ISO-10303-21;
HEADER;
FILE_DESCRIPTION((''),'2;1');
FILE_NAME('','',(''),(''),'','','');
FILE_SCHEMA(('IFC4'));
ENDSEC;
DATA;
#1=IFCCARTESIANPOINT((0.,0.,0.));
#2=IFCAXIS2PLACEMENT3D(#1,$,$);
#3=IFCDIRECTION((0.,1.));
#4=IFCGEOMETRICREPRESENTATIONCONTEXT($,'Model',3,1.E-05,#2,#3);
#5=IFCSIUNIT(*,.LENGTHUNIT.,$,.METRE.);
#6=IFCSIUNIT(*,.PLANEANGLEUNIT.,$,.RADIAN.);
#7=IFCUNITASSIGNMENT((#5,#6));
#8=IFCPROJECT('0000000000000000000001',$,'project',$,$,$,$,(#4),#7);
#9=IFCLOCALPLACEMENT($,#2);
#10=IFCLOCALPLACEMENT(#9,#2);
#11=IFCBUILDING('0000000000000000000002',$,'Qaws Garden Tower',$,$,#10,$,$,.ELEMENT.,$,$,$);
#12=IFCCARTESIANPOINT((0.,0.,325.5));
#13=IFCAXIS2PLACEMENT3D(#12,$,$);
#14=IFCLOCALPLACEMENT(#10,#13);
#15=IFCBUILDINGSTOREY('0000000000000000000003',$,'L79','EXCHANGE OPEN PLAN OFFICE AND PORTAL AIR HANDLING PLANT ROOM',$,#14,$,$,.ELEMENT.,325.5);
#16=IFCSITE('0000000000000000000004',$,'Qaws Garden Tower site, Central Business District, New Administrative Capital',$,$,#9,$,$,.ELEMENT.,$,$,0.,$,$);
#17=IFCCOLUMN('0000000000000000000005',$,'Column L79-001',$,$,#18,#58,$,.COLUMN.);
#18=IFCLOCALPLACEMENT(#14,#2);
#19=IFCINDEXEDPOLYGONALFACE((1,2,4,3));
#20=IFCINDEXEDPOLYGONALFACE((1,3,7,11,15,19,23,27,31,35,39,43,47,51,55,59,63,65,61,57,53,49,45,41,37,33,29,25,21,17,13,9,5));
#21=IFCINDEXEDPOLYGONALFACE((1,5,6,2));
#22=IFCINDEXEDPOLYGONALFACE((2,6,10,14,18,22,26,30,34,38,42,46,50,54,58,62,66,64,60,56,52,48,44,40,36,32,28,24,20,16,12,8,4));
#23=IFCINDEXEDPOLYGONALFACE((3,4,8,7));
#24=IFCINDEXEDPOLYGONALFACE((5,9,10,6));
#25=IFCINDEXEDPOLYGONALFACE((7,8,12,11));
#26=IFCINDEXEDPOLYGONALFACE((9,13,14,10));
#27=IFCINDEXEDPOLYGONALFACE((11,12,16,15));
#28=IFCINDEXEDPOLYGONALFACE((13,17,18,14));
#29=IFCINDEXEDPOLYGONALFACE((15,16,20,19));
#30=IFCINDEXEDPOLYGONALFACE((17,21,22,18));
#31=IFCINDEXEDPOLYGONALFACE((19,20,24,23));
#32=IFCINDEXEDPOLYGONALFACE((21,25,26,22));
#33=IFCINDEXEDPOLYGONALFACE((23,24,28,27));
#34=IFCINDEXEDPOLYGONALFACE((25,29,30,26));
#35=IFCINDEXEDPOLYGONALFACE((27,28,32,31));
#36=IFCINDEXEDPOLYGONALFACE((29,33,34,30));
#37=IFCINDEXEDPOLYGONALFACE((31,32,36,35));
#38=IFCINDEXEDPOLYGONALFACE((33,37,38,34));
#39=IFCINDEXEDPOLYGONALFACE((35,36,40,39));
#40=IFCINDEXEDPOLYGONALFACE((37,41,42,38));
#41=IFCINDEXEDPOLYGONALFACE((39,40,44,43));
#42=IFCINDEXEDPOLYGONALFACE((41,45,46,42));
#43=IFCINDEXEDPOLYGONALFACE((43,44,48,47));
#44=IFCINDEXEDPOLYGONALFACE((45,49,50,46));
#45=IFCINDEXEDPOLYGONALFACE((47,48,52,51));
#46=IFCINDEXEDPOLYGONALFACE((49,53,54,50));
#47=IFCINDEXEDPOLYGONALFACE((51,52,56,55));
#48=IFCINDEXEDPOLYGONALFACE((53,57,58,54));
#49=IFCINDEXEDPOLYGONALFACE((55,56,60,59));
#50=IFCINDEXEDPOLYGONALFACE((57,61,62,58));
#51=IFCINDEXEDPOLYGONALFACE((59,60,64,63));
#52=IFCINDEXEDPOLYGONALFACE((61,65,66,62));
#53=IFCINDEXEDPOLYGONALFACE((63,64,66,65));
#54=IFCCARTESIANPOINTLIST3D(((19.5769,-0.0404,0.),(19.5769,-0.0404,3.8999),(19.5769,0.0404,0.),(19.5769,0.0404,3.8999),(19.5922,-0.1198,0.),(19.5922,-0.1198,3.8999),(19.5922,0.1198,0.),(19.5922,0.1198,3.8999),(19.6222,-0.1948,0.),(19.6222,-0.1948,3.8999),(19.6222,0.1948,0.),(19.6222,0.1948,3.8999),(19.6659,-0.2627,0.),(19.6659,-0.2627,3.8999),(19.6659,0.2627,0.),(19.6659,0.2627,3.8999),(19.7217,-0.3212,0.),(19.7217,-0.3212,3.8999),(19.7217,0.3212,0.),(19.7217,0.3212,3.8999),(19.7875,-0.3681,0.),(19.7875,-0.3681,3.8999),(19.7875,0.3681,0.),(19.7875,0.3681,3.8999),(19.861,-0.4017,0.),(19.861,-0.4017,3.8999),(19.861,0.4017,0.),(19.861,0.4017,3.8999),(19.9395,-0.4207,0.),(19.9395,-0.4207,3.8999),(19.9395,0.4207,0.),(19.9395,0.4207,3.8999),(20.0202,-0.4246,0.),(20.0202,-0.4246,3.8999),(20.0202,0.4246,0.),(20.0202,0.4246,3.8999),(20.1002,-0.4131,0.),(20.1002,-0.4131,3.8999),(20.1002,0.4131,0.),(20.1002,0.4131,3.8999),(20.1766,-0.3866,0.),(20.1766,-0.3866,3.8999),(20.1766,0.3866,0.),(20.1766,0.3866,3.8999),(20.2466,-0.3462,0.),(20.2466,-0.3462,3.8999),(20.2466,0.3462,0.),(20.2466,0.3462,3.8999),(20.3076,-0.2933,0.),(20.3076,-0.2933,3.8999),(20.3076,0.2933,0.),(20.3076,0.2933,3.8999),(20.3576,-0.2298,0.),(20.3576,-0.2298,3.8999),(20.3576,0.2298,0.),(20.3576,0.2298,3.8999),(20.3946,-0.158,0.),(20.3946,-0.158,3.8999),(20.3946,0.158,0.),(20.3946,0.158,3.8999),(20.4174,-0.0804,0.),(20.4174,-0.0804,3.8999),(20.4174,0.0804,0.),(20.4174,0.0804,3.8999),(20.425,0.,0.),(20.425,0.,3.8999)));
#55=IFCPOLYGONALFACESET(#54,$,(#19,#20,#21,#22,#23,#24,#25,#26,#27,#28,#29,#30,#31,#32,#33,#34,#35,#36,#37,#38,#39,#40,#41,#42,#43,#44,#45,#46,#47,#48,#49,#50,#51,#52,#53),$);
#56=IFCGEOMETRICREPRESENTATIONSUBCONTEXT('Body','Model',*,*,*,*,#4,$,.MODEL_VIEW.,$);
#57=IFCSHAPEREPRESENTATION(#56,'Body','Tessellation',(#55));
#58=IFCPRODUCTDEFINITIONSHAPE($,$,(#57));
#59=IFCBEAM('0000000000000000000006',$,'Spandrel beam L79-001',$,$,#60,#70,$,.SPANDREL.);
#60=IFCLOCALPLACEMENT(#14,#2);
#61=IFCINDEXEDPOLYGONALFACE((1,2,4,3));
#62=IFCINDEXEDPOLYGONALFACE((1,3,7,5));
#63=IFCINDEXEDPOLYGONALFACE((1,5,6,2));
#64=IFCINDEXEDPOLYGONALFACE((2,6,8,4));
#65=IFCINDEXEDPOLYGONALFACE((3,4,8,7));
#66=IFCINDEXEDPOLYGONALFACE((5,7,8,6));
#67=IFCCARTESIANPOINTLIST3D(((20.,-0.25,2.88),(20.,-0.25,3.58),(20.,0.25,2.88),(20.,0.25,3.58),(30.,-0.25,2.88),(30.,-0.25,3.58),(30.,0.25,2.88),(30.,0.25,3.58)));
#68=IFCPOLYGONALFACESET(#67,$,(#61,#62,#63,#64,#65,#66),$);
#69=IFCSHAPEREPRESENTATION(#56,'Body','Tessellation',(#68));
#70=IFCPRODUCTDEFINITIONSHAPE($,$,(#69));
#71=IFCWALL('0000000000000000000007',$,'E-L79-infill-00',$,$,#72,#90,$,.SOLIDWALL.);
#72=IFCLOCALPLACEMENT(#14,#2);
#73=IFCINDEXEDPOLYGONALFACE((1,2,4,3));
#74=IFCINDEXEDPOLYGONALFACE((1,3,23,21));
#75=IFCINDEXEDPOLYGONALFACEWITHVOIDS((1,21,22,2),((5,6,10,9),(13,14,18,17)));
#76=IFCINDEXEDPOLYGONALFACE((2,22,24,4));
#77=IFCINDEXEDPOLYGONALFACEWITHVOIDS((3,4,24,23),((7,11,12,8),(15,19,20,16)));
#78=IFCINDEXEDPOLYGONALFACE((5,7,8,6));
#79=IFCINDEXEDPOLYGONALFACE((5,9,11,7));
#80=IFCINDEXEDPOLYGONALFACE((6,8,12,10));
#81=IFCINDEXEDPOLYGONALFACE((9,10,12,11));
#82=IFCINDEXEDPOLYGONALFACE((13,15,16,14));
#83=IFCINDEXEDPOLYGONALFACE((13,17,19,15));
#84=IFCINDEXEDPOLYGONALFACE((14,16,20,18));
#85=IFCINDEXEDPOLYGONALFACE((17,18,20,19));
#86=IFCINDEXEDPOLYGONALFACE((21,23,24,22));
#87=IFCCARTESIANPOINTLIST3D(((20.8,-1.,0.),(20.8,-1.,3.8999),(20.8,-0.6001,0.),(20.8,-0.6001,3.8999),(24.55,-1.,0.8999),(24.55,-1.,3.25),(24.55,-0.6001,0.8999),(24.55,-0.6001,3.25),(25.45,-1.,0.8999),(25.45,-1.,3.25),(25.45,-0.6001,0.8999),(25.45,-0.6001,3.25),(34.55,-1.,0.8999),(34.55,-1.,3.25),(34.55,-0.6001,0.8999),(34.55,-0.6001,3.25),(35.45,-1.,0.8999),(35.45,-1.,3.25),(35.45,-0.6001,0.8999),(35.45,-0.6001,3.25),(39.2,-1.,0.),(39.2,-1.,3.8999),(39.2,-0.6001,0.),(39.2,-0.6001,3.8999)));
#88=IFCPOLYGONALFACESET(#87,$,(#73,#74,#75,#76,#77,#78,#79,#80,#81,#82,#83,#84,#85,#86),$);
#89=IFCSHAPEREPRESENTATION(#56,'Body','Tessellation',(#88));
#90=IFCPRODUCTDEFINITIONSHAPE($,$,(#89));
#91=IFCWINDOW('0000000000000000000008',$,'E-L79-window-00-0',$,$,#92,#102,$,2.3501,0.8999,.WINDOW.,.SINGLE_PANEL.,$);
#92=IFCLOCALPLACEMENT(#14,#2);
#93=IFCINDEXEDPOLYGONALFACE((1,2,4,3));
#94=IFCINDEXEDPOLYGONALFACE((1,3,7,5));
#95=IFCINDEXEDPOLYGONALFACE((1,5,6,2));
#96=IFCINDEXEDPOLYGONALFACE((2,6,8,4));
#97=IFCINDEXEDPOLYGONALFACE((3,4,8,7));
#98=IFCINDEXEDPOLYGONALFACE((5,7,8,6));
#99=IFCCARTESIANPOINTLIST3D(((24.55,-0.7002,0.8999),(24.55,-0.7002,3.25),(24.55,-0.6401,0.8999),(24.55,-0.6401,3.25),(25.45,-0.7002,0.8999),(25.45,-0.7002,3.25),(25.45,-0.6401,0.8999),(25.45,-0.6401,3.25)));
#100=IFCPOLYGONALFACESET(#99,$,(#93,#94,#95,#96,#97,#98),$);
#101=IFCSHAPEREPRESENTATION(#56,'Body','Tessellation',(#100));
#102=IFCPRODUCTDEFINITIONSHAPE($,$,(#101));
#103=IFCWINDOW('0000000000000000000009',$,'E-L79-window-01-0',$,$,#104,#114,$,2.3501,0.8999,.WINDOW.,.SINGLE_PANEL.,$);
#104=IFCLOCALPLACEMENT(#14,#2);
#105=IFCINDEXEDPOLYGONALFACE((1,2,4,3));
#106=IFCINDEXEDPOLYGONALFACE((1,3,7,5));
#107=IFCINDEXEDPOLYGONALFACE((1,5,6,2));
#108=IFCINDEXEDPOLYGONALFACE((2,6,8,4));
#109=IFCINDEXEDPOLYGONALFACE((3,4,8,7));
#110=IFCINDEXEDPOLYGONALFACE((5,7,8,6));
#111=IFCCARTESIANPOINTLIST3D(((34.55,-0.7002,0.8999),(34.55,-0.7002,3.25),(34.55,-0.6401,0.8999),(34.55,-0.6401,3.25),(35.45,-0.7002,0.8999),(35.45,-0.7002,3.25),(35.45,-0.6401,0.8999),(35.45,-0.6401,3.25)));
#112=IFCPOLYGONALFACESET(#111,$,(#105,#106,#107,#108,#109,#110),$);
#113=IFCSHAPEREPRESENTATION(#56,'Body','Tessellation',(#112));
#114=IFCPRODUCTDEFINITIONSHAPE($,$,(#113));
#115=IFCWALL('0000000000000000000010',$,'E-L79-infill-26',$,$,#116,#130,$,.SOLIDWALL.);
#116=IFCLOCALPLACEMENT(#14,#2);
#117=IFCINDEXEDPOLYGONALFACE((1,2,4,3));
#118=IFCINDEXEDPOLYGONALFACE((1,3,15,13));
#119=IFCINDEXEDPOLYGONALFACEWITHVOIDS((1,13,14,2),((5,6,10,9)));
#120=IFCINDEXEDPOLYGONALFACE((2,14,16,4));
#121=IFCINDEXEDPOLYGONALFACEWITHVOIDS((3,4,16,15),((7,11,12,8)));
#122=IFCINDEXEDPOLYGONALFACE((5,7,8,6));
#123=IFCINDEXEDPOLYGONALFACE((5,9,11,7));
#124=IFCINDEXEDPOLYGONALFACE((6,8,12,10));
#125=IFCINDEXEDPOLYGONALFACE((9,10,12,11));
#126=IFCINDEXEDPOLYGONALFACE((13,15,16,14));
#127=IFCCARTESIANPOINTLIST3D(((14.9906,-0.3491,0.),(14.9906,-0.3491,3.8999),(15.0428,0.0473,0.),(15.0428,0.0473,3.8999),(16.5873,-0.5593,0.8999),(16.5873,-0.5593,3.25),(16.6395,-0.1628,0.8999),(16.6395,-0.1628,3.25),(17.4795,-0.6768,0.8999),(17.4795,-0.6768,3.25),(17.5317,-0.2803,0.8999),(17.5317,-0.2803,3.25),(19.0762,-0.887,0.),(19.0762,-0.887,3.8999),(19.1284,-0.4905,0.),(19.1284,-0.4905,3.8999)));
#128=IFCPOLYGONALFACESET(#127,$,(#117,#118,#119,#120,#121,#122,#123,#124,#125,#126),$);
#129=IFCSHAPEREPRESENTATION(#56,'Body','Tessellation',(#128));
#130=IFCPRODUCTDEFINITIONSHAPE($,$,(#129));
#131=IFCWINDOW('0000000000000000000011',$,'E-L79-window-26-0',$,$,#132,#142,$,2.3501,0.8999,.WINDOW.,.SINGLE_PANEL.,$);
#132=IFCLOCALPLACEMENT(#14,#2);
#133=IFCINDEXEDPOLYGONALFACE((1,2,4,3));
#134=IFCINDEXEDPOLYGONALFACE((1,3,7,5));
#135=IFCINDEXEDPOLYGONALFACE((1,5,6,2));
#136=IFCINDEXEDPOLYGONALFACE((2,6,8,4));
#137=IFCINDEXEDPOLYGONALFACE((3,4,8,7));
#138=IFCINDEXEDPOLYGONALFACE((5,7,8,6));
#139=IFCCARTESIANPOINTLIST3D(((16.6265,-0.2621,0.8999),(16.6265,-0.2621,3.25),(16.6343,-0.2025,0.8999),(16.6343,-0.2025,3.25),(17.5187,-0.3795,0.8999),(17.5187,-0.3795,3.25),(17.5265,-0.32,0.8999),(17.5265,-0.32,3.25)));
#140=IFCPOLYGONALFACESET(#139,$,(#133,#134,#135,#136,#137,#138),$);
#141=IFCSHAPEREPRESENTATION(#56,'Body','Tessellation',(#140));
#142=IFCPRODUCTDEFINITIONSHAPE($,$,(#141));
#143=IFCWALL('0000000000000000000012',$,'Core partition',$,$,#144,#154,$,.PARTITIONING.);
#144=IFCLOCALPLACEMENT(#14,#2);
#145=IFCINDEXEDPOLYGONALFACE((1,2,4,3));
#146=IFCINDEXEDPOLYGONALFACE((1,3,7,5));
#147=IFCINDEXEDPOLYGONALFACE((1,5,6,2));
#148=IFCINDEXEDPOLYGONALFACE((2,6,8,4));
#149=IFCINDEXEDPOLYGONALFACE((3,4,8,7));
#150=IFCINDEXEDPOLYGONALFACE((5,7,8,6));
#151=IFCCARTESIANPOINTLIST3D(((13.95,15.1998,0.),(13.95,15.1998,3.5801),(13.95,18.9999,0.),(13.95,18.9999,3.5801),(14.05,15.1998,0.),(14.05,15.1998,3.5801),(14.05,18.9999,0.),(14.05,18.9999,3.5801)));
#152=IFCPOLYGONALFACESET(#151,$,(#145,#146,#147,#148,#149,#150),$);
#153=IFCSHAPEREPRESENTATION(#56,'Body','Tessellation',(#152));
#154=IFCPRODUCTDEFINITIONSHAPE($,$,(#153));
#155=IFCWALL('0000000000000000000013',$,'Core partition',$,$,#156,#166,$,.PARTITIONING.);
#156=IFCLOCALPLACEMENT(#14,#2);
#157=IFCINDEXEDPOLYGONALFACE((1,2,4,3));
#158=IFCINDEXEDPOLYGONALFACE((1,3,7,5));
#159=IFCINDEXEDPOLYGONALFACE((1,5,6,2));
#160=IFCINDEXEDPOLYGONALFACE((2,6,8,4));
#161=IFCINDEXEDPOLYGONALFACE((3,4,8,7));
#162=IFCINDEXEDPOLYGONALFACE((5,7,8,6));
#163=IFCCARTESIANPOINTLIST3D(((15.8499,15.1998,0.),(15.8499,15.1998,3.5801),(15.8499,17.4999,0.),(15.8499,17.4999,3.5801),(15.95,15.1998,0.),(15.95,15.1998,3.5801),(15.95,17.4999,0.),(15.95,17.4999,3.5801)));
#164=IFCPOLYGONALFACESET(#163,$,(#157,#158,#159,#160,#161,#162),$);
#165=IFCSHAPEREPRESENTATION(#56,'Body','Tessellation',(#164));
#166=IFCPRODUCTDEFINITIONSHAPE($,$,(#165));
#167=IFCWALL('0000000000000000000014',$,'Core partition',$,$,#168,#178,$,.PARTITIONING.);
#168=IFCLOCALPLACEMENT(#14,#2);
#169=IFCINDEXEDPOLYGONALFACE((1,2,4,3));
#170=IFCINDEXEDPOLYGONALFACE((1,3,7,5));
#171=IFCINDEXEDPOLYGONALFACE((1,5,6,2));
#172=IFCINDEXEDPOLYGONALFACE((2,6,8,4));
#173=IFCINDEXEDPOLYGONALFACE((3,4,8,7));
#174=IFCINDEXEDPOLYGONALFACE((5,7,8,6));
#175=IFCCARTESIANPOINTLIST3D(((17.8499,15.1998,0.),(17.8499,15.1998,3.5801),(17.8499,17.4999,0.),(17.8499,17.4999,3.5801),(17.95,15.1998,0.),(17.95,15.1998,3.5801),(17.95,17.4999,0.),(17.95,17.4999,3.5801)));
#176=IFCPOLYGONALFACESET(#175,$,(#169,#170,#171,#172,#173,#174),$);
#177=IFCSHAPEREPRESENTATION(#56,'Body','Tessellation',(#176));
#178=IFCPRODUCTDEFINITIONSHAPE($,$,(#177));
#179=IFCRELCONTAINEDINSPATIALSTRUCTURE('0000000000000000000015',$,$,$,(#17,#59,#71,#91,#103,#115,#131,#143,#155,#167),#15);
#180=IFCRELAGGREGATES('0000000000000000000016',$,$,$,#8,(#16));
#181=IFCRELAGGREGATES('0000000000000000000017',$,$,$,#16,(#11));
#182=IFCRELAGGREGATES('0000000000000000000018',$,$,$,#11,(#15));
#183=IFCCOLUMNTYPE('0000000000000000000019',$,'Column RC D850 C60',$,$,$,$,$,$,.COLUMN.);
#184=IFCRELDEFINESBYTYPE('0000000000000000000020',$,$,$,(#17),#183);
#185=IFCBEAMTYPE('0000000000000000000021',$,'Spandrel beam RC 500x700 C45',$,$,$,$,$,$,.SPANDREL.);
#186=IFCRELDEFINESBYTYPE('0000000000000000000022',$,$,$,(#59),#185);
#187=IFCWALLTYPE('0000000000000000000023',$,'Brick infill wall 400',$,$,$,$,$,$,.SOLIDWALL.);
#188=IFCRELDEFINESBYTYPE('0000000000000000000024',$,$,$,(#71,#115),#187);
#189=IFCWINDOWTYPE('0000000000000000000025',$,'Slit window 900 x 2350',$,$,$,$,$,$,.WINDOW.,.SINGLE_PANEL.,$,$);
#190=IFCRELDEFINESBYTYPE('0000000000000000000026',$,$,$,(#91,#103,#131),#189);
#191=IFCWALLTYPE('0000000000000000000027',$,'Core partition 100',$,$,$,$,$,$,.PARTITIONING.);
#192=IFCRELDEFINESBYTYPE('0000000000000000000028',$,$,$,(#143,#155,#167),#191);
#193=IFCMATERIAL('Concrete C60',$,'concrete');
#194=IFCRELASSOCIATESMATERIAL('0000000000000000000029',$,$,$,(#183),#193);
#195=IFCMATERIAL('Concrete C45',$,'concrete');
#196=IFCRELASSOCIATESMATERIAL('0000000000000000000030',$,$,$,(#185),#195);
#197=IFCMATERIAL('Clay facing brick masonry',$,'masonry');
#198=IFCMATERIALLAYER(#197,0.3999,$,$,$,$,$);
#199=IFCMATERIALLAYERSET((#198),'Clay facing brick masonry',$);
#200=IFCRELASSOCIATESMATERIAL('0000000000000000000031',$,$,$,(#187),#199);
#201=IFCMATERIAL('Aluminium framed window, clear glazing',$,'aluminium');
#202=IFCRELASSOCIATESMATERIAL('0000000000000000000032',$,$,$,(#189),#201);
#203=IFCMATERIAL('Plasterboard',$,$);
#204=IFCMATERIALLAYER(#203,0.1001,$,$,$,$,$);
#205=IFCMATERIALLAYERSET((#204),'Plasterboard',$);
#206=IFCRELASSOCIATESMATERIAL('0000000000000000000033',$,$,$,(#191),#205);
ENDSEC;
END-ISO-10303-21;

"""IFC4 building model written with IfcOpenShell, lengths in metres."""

from ifc_helpers import new_model, si_unit, direction, frame, frame_2d, origin, origin_2d, place, context, subcontext, project, spatial, rectangle, circle, extrude, material, layer, layer_set, material_profile, profile_set, type_object, element, fill, save


model = new_model("IFC4")

# Units and contexts
model_context = context("Model", 3, precision=1e-05, world=origin(), true_north=direction((0.0, 1.0)))
body_context = subcontext(model_context, "Body", "Model", "MODEL_VIEW")
ifc_project = project(units=[si_unit("LENGTHUNIT", "METRE"), si_unit("PLANEANGLEUNIT", "RADIAN")], contexts=[model_context])

# Site, building, storey
site_placement = place(None, origin())
site = spatial("IfcSite", under=ifc_project, at=site_placement, Name="Qaws Garden Tower site, Central Business District, New Administrative Capital", CompositionType="ELEMENT", RefElevation=0.0)
building_placement = place(site_placement, origin())
building = spatial("IfcBuilding", under=site, at=building_placement, Name="Qaws Garden Tower", CompositionType="ELEMENT")
storey_placement = place(building_placement, frame((0.0, 0.0, 325.5)))
storey = spatial("IfcBuildingStorey", under=building, at=storey_placement, Name="L79", Description="EXCHANGE OPEN PLAN OFFICE AND PORTAL AIR HANDLING PLANT ROOM", CompositionType="ELEMENT", Elevation=325.5)

# Column
ifc_material_1 = material(Name="Concrete C60", Category="concrete")
ifc_material_profile_1 = material_profile(ifc_material_1, circle(Radius=0.425, at=origin_2d()), Name="RC D850")
ifc_profile_set_1 = profile_set([ifc_material_profile_1], Name="Concrete C60")
column_type = type_object("IfcColumnType", Name="Column RC D850 C60", PredefinedType="COLUMN", material=ifc_profile_set_1)
column_placement = place(storey_placement, frame((20.0, 0.0, 0.0), z_axis=(0.0, 0.0, 1.0), x_axis=(1.0, 0.0, 0.0)))
element("IfcColumn", 1, at=column_placement, inside=storey, type_object=column_type, Name="Column L79-001", PredefinedType="COLUMN", context=body_context, shape_type="SweptSolid", body=[
    extrude(circle(Radius=0.425, at=origin_2d()), origin(), (0.0, 0.0, 1.0), 3.8999),
])

# Beam
ifc_material_2 = material(Name="Concrete C45", Category="concrete")
ifc_material_profile_2 = material_profile(ifc_material_2, rectangle(XDim=0.5, YDim=0.7, at=origin_2d()), Name="RC 500x700")
ifc_profile_set_2 = profile_set([ifc_material_profile_2], Name="Concrete C45")
beam_type = type_object("IfcBeamType", Name="Spandrel beam RC 500x700 C45", PredefinedType="SPANDREL", material=ifc_profile_set_2)
beam_placement = place(storey_placement, frame((20.0, 0.0, 3.23), z_axis=(1.0, 0.0, 0.0), x_axis=(0.0, 1.0, 0.0)))
element("IfcBeam", 2, at=beam_placement, inside=storey, type_object=beam_type, Name="Spandrel beam L79-001", PredefinedType="SPANDREL", context=body_context, shape_type="SweptSolid", body=[
    extrude(rectangle(XDim=0.5, YDim=0.7, at=origin_2d()), origin(), (0.0, 0.0, 1.0), 10.0),
])

# Wall, openings, windows
ifc_material_3 = material(Name="Clay facing brick masonry", Category="masonry")
ifc_layer_1 = layer(ifc_material_3, 0.3999)
ifc_layer_set_1 = layer_set([ifc_layer_1], Name="Clay facing brick masonry")
wall_type_1 = type_object("IfcWallType", Name="Brick infill wall 400", PredefinedType="SOLIDWALL", material=ifc_layer_set_1)
wall_1_placement = place(storey_placement, frame((20.8, -0.8, 0.0), z_axis=(0.0, 0.0, 1.0), x_axis=(1.0, 0.0, 0.0)))
wall_1 = element("IfcWall", 3, at=wall_1_placement, inside=storey, type_object=wall_type_1, Name="E-L79-infill-00", PredefinedType="SOLIDWALL", context=body_context, shape_type="SweptSolid", body=[
    extrude(rectangle(XDim=18.3999, YDim=0.3999, at=frame_2d((9.2, 0.0))), origin(), (0.0, 0.0, 1.0), 3.8999),
])
opening_1_placement = place(wall_1_placement, frame((3.75, 0.0, 0.8999)))
opening_1 = element("IfcOpeningElement", 4, at=opening_1_placement, cuts=wall_1, PredefinedType="OPENING", context=body_context, shape_type="SweptSolid", body=[
    extrude(rectangle(XDim=0.8999, YDim=2.3501, at=frame_2d((0.45, 1.175))), frame((0.0, 0.21, 0.0), z_axis=(0.0, -1.0, 0.0), x_axis=(1.0, 0.0, 0.0)), (0.0, 0.0, 1.0), 0.4199),
])
opening_2_placement = place(wall_1_placement, frame((13.75, 0.0, 0.8999)))
opening_2 = element("IfcOpeningElement", 5, at=opening_2_placement, cuts=wall_1, PredefinedType="OPENING", context=body_context, shape_type="SweptSolid", body=[
    extrude(rectangle(XDim=0.8999, YDim=2.3501, at=frame_2d((0.45, 1.175))), frame((0.0, 0.21, 0.0), z_axis=(0.0, -1.0, 0.0), x_axis=(1.0, 0.0, 0.0)), (0.0, 0.0, 1.0), 0.4199),
])
ifc_material_4 = material(Name="Aluminium framed window, clear glazing", Category="aluminium")
window_type = type_object("IfcWindowType", Name="Slit window 900 x 2350", PartitioningType="SINGLE_PANEL", PredefinedType="WINDOW", material=ifc_material_4)
window_1_placement = place(opening_1_placement, origin())
window_1 = element("IfcWindow", 6, at=window_1_placement, inside=storey, type_object=window_type, Name="E-L79-window-00-0", OverallHeight=2.3501, OverallWidth=0.8999, PartitioningType="SINGLE_PANEL", PredefinedType="WINDOW", context=body_context, shape_type="SweptSolid", body=[
    extrude(rectangle(XDim=0.8999, YDim=2.3501, at=frame_2d((0.45, 1.175))), frame((0.0, 0.1599, 0.0), z_axis=(0.0, -1.0, 0.0), x_axis=(1.0, 0.0, 0.0)), (0.0, 0.0, 1.0), 0.0601),
])
fill(opening_1, window_1)
window_2_placement = place(opening_2_placement, origin())
window_2 = element("IfcWindow", 7, at=window_2_placement, inside=storey, type_object=window_type, Name="E-L79-window-01-0", OverallHeight=2.3501, OverallWidth=0.8999, PartitioningType="SINGLE_PANEL", PredefinedType="WINDOW", context=body_context, shape_type="SweptSolid", body=[
    extrude(rectangle(XDim=0.8999, YDim=2.3501, at=frame_2d((0.45, 1.175))), frame((0.0, 0.1599, 0.0), z_axis=(0.0, -1.0, 0.0), x_axis=(1.0, 0.0, 0.0)), (0.0, 0.0, 1.0), 0.0601),
])
fill(opening_2, window_2)

# Wall, opening, window
wall_2_placement = place(storey_placement, frame((15.0166, -0.1509, 0.0), z_axis=(0.0, 0.0, 1.0), x_axis=(0.991446, -0.130514, 0.0)))
wall_2 = element("IfcWall", 8, at=wall_2_placement, inside=storey, type_object=wall_type_1, Name="E-L79-infill-26", PredefinedType="SOLIDWALL", context=body_context, shape_type="SweptSolid", body=[
    extrude(rectangle(XDim=4.1208, YDim=0.3999, at=frame_2d((2.0605, 0.0))), origin(), (0.0, 0.0, 1.0), 3.8999),
])
opening_3_placement = place(wall_2_placement, frame((1.6106, 0.0, 0.8999)))
opening_3 = element("IfcOpeningElement", 9, at=opening_3_placement, cuts=wall_2, PredefinedType="OPENING", context=body_context, shape_type="SweptSolid", body=[
    extrude(rectangle(XDim=0.8999, YDim=2.3501, at=frame_2d((0.45, 1.175))), frame((0.0, 0.21, 0.0), z_axis=(0.0, -1.0, 0.0), x_axis=(1.0, 0.0, 0.0)), (0.0, 0.0, 1.0), 0.4199),
])
window_3_placement = place(opening_3_placement, origin())
window_3 = element("IfcWindow", 10, at=window_3_placement, inside=storey, type_object=window_type, Name="E-L79-window-26-0", OverallHeight=2.3501, OverallWidth=0.8999, PartitioningType="SINGLE_PANEL", PredefinedType="WINDOW", context=body_context, shape_type="SweptSolid", body=[
    extrude(rectangle(XDim=0.8999, YDim=2.3501, at=frame_2d((0.45, 1.175))), frame((0.0, 0.1599, 0.0), z_axis=(0.0, -1.0, 0.0), x_axis=(1.0, 0.0, 0.0)), (0.0, 0.0, 1.0), 0.0601),
])
fill(opening_3, window_3)

# Walls
ifc_material_5 = material(Name="Plasterboard")
ifc_layer_2 = layer(ifc_material_5, 0.1001)
ifc_layer_set_2 = layer_set([ifc_layer_2], Name="Plasterboard")
wall_type_2 = type_object("IfcWallType", Name="Core partition 100", PredefinedType="PARTITIONING", material=ifc_layer_set_2)
wall_3_placement = place(storey_placement, frame((14.0, 15.2, 0.0), z_axis=(0.0, 0.0, 1.0), x_axis=(0.0, 1.0, 0.0)))
element("IfcWall", 11, at=wall_3_placement, inside=storey, type_object=wall_type_2, Name="Core partition", PredefinedType="PARTITIONING", context=body_context, shape_type="SweptSolid", body=[
    extrude(rectangle(XDim=3.8, YDim=0.1001, at=frame_2d((1.8999, 0.0))), origin(), (0.0, 0.0, 1.0), 3.5801),
])
for number, where, z_axis, x_axis, name in (
    (12, (15.8999, 15.2, 0.0), (0.0, 0.0, 1.0), (0.0, 1.0, 0.0), "Core partition"),
    (13, (17.8999, 15.2, 0.0), (0.0, 0.0, 1.0), (0.0, 1.0, 0.0), "Core partition"),
):
    element("IfcWall", number, at=place(storey_placement, frame(where, z_axis=z_axis, x_axis=x_axis)), inside=storey, type_object=wall_type_2, Name=name, PredefinedType="PARTITIONING", context=body_context, shape_type="SweptSolid", body=[
        extrude(rectangle(XDim=2.3, YDim=0.1001, at=frame_2d((1.1499, 0.0))), origin(), (0.0, 0.0, 1.0), 3.5801),
    ])

save(model, "model.ifc")
